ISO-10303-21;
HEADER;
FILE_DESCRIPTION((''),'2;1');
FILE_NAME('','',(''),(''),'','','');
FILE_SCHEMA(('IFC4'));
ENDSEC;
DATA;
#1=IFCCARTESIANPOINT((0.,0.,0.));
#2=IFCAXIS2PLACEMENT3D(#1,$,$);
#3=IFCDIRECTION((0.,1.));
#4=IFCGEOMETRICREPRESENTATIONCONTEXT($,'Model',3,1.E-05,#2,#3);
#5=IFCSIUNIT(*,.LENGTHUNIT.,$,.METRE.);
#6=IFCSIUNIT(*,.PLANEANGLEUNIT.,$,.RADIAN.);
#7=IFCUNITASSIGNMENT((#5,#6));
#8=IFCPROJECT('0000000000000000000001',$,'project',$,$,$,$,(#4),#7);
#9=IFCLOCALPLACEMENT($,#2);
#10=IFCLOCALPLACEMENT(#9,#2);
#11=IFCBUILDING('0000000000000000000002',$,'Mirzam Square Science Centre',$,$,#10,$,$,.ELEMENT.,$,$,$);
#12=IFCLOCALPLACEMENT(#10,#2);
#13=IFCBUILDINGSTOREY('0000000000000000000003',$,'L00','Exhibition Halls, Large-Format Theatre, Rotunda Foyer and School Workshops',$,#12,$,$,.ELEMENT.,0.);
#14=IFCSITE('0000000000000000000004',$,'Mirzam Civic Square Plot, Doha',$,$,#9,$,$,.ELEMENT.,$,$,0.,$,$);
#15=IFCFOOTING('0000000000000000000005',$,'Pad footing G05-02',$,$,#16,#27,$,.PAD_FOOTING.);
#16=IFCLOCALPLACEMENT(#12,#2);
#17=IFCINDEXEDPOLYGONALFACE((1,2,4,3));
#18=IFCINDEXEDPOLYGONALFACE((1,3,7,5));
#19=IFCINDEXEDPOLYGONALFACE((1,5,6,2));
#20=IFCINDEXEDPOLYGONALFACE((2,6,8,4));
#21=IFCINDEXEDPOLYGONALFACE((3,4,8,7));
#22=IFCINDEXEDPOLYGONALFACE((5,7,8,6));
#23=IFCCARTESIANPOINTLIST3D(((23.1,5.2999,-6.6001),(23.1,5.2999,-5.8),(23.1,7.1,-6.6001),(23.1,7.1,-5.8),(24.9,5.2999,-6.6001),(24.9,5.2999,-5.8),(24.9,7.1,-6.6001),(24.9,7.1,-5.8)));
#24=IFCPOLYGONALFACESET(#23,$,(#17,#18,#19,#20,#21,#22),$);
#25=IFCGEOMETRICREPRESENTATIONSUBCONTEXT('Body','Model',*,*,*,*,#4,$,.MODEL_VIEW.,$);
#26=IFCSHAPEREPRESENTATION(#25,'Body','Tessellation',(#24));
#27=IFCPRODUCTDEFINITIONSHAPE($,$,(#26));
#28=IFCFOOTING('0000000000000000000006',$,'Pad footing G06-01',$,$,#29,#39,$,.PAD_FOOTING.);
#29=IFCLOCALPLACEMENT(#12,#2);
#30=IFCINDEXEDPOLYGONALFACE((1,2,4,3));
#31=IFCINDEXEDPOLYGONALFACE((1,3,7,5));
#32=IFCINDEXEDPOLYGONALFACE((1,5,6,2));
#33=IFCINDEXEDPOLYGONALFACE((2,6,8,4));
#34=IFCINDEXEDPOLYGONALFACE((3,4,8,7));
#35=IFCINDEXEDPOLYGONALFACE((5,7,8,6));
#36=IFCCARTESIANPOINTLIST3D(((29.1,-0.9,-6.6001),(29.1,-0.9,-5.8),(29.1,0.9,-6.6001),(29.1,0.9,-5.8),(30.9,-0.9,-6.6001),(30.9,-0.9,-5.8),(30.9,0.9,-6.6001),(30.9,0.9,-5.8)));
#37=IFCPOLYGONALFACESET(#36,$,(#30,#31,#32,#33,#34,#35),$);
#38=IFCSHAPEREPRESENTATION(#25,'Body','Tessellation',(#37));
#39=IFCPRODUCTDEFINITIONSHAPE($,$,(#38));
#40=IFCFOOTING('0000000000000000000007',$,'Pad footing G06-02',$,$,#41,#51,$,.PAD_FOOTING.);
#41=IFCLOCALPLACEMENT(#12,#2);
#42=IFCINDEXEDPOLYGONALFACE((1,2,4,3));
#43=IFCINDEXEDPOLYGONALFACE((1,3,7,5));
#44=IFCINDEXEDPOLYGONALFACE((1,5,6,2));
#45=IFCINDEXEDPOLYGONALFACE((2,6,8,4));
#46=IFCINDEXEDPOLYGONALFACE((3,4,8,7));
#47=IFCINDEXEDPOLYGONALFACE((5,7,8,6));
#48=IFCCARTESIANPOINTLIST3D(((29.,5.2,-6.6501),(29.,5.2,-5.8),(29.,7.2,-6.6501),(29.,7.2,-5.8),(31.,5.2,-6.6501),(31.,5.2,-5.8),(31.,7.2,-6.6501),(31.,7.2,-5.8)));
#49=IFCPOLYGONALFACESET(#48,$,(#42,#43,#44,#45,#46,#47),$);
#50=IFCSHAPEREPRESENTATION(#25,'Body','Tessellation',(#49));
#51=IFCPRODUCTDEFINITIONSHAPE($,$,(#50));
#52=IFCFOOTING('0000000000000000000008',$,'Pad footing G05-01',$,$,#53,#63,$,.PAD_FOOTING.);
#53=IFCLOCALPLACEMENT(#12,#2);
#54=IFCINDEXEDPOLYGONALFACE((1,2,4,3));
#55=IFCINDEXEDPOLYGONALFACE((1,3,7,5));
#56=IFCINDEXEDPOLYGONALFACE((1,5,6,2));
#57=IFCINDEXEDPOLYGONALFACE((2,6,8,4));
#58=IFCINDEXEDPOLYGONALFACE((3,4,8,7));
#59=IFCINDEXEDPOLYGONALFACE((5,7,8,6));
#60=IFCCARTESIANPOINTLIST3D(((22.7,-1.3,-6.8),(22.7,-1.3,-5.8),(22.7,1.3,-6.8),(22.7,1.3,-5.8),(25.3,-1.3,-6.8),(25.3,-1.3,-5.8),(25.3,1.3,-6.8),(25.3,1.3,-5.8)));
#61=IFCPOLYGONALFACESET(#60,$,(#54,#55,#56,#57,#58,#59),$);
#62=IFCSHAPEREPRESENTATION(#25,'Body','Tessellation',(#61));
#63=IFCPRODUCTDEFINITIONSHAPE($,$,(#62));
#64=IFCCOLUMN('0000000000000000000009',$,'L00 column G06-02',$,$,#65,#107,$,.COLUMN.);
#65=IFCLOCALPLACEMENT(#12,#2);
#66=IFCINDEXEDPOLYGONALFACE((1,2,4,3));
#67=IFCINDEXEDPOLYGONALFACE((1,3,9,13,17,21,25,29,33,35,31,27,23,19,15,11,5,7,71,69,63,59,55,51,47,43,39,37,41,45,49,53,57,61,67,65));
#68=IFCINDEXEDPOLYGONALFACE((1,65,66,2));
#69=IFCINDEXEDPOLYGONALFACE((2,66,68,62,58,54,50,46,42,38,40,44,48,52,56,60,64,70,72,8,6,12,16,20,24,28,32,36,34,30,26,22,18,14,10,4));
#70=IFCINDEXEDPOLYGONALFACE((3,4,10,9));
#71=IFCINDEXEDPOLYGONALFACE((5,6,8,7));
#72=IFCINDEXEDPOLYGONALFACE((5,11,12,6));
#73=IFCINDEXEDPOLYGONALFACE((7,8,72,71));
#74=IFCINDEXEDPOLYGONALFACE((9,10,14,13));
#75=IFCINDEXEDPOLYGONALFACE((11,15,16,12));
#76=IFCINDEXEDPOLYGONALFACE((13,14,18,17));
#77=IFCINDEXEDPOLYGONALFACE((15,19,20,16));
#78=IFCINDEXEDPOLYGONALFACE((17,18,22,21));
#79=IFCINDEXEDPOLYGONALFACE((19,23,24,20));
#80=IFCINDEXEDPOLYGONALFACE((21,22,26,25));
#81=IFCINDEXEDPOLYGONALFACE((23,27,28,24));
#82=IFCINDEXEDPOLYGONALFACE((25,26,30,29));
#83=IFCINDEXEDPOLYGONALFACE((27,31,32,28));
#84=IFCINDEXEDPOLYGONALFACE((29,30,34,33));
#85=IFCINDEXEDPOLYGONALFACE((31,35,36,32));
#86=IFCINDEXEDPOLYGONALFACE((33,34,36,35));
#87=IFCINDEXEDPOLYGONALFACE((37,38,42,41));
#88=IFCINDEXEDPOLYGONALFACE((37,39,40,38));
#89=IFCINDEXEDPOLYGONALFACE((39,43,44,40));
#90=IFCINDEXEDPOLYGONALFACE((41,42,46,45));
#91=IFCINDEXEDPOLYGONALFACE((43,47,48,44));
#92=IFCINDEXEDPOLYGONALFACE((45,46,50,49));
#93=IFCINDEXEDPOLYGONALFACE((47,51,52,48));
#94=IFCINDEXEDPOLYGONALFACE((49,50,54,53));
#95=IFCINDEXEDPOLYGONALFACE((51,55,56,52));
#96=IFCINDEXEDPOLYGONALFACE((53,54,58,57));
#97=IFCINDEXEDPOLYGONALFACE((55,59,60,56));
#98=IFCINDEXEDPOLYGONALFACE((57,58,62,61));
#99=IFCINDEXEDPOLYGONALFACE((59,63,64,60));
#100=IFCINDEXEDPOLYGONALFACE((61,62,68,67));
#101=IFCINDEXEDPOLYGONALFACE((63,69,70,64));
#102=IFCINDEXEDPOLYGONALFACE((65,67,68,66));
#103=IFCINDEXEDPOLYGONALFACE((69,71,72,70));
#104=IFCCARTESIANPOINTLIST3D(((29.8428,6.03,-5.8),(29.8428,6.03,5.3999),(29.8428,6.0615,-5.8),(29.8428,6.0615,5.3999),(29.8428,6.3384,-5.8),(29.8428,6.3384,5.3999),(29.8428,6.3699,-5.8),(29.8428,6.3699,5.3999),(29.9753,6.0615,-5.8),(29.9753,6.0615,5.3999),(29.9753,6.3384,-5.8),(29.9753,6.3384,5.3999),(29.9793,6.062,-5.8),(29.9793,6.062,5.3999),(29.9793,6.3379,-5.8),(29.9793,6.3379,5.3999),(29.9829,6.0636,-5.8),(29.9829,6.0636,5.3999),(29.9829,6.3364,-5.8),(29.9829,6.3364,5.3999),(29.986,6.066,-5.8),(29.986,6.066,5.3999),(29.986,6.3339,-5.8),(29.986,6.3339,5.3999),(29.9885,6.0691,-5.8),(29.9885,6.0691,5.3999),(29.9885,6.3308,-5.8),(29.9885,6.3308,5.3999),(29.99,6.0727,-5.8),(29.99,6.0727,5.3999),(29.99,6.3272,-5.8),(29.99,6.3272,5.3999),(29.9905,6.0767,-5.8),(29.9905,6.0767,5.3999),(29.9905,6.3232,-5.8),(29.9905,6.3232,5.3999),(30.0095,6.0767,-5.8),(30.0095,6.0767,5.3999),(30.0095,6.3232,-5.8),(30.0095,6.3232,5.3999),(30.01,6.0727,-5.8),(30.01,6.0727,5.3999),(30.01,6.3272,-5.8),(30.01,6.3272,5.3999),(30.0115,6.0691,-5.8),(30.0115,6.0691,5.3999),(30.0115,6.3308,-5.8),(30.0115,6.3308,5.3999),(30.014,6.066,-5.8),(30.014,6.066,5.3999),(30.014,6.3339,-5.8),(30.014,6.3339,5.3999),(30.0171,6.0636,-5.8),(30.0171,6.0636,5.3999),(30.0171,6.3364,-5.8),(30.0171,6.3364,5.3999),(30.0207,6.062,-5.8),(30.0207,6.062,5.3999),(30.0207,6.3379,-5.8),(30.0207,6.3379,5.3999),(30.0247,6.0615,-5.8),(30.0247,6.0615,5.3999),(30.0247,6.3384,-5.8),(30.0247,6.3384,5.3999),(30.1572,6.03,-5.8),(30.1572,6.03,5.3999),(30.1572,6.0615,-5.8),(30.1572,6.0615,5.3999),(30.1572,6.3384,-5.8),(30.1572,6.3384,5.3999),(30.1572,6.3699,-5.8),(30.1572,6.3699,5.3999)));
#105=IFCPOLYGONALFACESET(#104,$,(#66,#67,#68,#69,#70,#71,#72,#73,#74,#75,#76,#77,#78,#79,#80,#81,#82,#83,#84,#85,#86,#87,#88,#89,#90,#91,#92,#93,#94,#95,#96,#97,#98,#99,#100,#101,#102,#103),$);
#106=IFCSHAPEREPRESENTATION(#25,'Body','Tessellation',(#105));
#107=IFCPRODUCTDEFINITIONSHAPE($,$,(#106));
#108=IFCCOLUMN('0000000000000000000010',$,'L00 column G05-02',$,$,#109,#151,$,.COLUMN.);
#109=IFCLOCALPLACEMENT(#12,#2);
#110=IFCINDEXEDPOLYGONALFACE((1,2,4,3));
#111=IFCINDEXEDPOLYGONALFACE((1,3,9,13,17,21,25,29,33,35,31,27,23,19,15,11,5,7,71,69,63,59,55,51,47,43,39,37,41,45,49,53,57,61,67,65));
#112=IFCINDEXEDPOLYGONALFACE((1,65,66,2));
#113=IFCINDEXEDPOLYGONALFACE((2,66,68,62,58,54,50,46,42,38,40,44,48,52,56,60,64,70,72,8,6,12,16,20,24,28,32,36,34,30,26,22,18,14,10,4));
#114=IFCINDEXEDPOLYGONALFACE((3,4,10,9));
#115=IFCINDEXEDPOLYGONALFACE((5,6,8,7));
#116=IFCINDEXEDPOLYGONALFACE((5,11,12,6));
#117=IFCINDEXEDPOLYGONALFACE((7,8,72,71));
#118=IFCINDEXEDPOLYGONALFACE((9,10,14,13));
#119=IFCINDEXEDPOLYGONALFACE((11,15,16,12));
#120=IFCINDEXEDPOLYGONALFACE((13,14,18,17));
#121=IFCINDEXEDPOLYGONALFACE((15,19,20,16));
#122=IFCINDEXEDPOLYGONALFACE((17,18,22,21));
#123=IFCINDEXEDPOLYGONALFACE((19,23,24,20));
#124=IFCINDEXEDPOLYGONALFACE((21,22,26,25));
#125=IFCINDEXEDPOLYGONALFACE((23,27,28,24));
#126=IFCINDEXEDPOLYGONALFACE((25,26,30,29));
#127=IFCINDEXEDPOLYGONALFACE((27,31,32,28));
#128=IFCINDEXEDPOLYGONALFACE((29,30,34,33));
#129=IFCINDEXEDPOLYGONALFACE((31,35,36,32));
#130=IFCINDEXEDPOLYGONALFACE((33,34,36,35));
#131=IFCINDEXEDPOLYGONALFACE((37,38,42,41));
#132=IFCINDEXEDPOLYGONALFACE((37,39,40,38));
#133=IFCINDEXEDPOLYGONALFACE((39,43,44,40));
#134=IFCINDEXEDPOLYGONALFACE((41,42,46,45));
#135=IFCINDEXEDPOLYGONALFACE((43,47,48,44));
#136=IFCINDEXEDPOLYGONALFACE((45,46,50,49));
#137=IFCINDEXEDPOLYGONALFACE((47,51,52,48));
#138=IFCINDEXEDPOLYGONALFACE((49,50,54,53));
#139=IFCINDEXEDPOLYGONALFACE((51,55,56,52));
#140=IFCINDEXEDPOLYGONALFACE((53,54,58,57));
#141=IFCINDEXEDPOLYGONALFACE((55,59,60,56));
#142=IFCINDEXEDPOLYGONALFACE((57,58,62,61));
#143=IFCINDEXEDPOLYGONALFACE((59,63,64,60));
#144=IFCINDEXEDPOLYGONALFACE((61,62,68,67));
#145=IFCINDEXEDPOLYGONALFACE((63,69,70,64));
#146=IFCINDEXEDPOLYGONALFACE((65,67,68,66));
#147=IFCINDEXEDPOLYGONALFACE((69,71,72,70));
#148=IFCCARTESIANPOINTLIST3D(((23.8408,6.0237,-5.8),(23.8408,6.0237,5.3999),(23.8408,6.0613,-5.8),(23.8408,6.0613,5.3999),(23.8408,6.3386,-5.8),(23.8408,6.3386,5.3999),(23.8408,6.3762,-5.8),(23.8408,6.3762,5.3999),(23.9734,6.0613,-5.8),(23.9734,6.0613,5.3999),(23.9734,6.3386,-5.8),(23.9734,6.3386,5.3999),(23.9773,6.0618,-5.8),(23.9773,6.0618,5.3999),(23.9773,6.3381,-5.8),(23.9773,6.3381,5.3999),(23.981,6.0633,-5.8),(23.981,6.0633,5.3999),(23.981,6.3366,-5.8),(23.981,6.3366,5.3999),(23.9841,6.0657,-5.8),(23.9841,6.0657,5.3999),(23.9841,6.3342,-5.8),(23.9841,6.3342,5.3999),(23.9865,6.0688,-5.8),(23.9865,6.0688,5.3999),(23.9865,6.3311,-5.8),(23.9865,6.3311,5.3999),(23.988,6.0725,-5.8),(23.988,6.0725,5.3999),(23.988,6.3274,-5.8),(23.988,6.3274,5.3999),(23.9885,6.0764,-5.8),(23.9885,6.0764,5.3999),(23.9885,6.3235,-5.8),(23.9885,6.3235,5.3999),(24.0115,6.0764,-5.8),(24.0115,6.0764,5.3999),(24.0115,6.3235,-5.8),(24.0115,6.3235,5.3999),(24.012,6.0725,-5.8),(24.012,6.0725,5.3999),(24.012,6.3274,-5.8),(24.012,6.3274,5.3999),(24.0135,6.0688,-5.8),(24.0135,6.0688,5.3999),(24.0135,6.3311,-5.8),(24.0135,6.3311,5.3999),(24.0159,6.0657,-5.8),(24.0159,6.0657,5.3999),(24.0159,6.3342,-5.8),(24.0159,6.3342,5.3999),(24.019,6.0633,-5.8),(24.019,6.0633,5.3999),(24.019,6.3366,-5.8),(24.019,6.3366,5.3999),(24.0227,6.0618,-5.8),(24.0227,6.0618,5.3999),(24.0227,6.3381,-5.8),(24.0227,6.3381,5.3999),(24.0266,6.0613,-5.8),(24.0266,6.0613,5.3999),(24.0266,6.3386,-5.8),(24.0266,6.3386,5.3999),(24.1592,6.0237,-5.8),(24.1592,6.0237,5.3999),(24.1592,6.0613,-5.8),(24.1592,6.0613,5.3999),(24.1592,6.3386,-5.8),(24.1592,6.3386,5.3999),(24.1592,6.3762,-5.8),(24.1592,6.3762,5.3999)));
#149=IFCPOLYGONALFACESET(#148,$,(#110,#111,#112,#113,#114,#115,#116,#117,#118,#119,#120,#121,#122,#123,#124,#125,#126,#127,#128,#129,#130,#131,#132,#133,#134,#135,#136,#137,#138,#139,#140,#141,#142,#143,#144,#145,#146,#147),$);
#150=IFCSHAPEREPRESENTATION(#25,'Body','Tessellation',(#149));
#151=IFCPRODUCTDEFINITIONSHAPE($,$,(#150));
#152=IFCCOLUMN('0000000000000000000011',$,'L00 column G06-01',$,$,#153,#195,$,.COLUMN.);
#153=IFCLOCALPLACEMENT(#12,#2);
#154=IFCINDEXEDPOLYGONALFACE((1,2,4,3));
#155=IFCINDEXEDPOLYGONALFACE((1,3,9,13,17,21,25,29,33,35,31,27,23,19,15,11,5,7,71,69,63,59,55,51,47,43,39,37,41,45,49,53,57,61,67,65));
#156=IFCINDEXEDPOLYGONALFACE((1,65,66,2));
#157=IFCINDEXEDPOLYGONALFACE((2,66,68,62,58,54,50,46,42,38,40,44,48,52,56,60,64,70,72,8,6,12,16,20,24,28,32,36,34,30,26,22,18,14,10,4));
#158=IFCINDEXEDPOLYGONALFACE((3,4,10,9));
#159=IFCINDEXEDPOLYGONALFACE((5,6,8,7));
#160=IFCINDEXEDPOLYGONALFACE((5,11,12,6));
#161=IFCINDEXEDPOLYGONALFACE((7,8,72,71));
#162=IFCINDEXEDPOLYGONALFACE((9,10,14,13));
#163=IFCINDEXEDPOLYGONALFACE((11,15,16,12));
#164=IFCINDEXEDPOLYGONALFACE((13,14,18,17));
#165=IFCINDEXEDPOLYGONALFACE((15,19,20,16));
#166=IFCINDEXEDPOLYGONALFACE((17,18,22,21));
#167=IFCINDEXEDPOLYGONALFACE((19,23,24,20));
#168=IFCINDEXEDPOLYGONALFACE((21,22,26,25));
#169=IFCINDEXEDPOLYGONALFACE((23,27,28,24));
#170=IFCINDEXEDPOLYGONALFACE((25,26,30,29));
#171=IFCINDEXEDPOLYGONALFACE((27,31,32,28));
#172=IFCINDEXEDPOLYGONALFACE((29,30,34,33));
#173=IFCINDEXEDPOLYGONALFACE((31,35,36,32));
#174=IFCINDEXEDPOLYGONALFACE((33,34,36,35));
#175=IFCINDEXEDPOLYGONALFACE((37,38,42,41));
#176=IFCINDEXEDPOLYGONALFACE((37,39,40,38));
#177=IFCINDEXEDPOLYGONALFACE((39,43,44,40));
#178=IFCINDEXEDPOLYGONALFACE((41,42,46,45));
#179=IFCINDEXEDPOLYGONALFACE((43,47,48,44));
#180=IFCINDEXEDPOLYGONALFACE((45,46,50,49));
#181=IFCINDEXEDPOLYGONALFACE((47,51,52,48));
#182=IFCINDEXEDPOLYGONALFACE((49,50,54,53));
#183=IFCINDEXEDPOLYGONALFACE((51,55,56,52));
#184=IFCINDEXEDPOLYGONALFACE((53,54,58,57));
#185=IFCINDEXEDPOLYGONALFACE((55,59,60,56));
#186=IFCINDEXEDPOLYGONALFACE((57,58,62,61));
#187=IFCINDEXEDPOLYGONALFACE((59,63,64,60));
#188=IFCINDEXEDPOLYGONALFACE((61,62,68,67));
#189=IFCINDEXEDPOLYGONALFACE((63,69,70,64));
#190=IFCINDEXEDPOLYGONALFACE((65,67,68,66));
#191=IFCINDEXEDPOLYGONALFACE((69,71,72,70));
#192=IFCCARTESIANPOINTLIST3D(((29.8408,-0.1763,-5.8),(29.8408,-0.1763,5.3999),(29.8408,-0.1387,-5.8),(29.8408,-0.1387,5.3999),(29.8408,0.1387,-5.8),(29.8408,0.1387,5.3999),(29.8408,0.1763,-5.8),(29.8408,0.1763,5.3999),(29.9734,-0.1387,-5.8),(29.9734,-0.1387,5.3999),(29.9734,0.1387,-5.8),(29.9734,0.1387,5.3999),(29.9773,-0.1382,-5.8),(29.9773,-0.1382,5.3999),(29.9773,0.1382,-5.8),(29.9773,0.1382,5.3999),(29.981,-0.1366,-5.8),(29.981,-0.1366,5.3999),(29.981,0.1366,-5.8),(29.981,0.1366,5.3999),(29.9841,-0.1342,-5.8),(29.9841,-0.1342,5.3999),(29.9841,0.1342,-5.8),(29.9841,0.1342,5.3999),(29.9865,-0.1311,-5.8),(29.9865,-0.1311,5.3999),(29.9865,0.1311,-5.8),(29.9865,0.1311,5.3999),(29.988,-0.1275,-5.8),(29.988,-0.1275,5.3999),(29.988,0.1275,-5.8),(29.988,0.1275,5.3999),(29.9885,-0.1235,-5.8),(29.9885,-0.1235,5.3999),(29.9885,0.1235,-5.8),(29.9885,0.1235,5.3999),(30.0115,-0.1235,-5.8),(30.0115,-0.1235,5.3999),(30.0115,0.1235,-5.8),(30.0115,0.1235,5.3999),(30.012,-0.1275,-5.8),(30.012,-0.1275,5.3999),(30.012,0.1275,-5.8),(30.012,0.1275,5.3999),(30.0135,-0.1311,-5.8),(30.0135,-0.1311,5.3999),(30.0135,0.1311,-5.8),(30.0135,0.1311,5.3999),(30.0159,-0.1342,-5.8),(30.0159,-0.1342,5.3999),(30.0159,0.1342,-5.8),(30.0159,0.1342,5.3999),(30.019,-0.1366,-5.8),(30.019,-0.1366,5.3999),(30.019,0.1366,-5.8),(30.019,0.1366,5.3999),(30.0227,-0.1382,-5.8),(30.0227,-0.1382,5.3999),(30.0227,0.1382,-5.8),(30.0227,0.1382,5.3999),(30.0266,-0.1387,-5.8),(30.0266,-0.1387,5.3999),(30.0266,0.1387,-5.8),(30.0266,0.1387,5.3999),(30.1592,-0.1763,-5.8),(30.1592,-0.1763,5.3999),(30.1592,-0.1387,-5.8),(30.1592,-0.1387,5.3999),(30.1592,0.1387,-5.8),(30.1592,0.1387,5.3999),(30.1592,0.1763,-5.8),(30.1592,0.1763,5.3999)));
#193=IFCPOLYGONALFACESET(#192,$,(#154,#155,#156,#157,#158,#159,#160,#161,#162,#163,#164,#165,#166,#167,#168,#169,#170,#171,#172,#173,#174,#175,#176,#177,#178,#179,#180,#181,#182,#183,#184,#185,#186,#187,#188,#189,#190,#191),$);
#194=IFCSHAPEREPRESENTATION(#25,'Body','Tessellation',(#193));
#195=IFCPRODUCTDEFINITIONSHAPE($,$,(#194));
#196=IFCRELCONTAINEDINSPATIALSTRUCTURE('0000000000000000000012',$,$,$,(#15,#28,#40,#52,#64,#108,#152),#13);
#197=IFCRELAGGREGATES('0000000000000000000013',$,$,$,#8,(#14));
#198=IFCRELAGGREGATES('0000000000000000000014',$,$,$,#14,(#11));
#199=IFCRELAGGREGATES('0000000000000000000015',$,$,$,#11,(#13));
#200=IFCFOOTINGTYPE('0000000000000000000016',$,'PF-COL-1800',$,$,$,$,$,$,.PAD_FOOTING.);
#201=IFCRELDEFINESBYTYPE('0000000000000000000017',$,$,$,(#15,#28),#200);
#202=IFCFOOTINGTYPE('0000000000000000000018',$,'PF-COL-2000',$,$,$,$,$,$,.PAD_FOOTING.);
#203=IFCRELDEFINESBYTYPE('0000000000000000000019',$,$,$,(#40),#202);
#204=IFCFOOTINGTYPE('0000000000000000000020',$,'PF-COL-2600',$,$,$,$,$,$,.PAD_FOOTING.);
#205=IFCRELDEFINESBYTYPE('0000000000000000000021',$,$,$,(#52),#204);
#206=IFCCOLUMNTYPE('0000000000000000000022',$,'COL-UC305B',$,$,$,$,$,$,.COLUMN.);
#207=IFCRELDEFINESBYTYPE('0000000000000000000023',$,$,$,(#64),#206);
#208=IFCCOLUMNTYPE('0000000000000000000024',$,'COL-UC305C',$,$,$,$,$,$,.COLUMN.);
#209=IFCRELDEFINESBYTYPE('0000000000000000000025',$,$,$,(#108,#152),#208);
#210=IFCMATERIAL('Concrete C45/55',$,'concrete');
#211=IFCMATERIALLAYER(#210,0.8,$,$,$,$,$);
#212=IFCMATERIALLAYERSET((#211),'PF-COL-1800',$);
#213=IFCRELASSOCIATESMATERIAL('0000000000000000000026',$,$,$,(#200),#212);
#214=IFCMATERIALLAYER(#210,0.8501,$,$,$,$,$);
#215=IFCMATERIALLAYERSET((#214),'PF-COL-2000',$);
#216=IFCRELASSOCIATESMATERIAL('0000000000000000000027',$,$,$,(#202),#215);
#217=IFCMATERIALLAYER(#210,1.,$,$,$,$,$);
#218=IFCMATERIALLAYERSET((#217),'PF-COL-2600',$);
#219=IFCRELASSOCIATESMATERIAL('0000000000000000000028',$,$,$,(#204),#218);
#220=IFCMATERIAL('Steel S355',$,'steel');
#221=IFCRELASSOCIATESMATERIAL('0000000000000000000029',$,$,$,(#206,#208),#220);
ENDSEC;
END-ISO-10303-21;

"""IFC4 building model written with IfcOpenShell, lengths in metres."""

from ifc_helpers import new_model, si_unit, direction, frame, origin, origin_2d, place, context, subcontext, project, spatial, rectangle, i_section, extrude, material, layer, layer_set, material_profile, profile_set, type_object, element, save


model = new_model("IFC4")

# Units and contexts
model_context = context("Model", 3, precision=1e-05, world=origin(), true_north=direction((0.0, 1.0)))
body_context = subcontext(model_context, "Body", "Model", "MODEL_VIEW")
ifc_project = project(units=[si_unit("LENGTHUNIT", "METRE"), si_unit("PLANEANGLEUNIT", "RADIAN")], contexts=[model_context])

# Site, building, storey
site_placement = place(None, origin())
site = spatial("IfcSite", under=ifc_project, at=site_placement, Name="Mirzam Civic Square Plot, Doha", CompositionType="ELEMENT", RefElevation=0.0)
building_placement = place(site_placement, origin())
building = spatial("IfcBuilding", under=site, at=building_placement, Name="Mirzam Square Science Centre", CompositionType="ELEMENT")
storey_placement = place(building_placement, origin())
storey = spatial("IfcBuildingStorey", under=building, at=storey_placement, Name="L00", Description="Exhibition Halls, Large-Format Theatre, Rotunda Foyer and School Workshops", CompositionType="ELEMENT", Elevation=0.0)

# Footings
ifc_material_1 = material(Name="Concrete C45/55", Category="concrete")
ifc_layer_1 = layer(ifc_material_1, 0.8)
ifc_layer_set_1 = layer_set([ifc_layer_1], Name="PF-COL-1800")
footing_type_1 = type_object("IfcFootingType", Name="PF-COL-1800", PredefinedType="PAD_FOOTING", material=ifc_layer_set_1)
for number, where, z_axis, x_axis, name in (
    (1, (24.0, 6.2, -6.6001), (0.0, 0.0, 1.0), (1.0, 0.0, 0.0), "Pad footing G05-02"),
    (2, (30.0, 0.0, -6.6001), (0.0, 0.0, 1.0), (1.0, 0.0, 0.0), "Pad footing G06-01"),
):
    element("IfcFooting", number, at=place(storey_placement, frame(where, z_axis=z_axis, x_axis=x_axis)), inside=storey, type_object=footing_type_1, Name=name, PredefinedType="PAD_FOOTING", context=body_context, shape_type="SweptSolid", body=[
        extrude(rectangle(XDim=1.8, YDim=1.8, at=origin_2d()), origin(), (0.0, 0.0, 1.0), 0.8),
    ])
ifc_layer_2 = layer(ifc_material_1, 0.8501)
ifc_layer_set_2 = layer_set([ifc_layer_2], Name="PF-COL-2000")
footing_type_2 = type_object("IfcFootingType", Name="PF-COL-2000", PredefinedType="PAD_FOOTING", material=ifc_layer_set_2)
footing_1_placement = place(storey_placement, frame((30.0, 6.2, -6.6501), z_axis=(0.0, 0.0, 1.0), x_axis=(1.0, 0.0, 0.0)))
element("IfcFooting", 3, at=footing_1_placement, inside=storey, type_object=footing_type_2, Name="Pad footing G06-02", PredefinedType="PAD_FOOTING", context=body_context, shape_type="SweptSolid", body=[
    extrude(rectangle(XDim=2.0, YDim=2.0, at=origin_2d()), origin(), (0.0, 0.0, 1.0), 0.8501),
])
ifc_layer_3 = layer(ifc_material_1, 1.0)
ifc_layer_set_3 = layer_set([ifc_layer_3], Name="PF-COL-2600")
footing_type_3 = type_object("IfcFootingType", Name="PF-COL-2600", PredefinedType="PAD_FOOTING", material=ifc_layer_set_3)
footing_2_placement = place(storey_placement, frame((24.0, 0.0, -6.8), z_axis=(0.0, 0.0, 1.0), x_axis=(1.0, 0.0, 0.0)))
element("IfcFooting", 4, at=footing_2_placement, inside=storey, type_object=footing_type_3, Name="Pad footing G05-01", PredefinedType="PAD_FOOTING", context=body_context, shape_type="SweptSolid", body=[
    extrude(rectangle(XDim=2.6001, YDim=2.6001, at=origin_2d()), origin(), (0.0, 0.0, 1.0), 1.0),
])

# Columns
ifc_material_2 = material(Name="Steel S355", Category="steel")
ifc_material_profile_1 = material_profile(ifc_material_2, i_section(OverallWidth=0.3145, OverallDepth=0.3398, WebThickness=0.019, FlangeThickness=0.0315, FilletRadius=0.0151, at=origin_2d()), Name="305x305x198UC")
ifc_profile_set_1 = profile_set([ifc_material_profile_1], Name="Steel S355")
column_type_1 = type_object("IfcColumnType", Name="COL-UC305B", PredefinedType="COLUMN", material=ifc_profile_set_1)
column_1_placement = place(storey_placement, frame((30.0, 6.2, -5.8), z_axis=(0.0, 0.0, 1.0), x_axis=(1.0, 0.0, 0.0)))
element("IfcColumn", 5, at=column_1_placement, inside=storey, type_object=column_type_1, Name="L00 column G06-02", PredefinedType="COLUMN", context=body_context, shape_type="SweptSolid", body=[
    extrude(i_section(OverallWidth=0.3145, OverallDepth=0.3398, WebThickness=0.019, FlangeThickness=0.0315, FilletRadius=0.0151, at=origin_2d()), origin(), (0.0, 0.0, 1.0), 11.2),
])
ifc_material_profile_2 = material_profile(ifc_material_2, i_section(OverallWidth=0.3184, OverallDepth=0.3525, WebThickness=0.0229, FlangeThickness=0.0376, FilletRadius=0.0151, at=origin_2d()), Name="305x305x240UC")
ifc_profile_set_2 = profile_set([ifc_material_profile_2], Name="Steel S355")
column_type_2 = type_object("IfcColumnType", Name="COL-UC305C", PredefinedType="COLUMN", material=ifc_profile_set_2)
for number, where, z_axis, x_axis, name in (
    (6, (24.0, 6.2, -5.8), (0.0, 0.0, 1.0), (1.0, 0.0, 0.0), "L00 column G05-02"),
    (7, (30.0, 0.0, -5.8), (0.0, 0.0, 1.0), (1.0, 0.0, 0.0), "L00 column G06-01"),
):
    element("IfcColumn", number, at=place(storey_placement, frame(where, z_axis=z_axis, x_axis=x_axis)), inside=storey, type_object=column_type_2, Name=name, PredefinedType="COLUMN", context=body_context, shape_type="SweptSolid", body=[
        extrude(i_section(OverallWidth=0.3184, OverallDepth=0.3525, WebThickness=0.0229, FlangeThickness=0.0376, FilletRadius=0.0151, at=origin_2d()), origin(), (0.0, 0.0, 1.0), 11.2),
    ])

save(model, "model.ifc")
